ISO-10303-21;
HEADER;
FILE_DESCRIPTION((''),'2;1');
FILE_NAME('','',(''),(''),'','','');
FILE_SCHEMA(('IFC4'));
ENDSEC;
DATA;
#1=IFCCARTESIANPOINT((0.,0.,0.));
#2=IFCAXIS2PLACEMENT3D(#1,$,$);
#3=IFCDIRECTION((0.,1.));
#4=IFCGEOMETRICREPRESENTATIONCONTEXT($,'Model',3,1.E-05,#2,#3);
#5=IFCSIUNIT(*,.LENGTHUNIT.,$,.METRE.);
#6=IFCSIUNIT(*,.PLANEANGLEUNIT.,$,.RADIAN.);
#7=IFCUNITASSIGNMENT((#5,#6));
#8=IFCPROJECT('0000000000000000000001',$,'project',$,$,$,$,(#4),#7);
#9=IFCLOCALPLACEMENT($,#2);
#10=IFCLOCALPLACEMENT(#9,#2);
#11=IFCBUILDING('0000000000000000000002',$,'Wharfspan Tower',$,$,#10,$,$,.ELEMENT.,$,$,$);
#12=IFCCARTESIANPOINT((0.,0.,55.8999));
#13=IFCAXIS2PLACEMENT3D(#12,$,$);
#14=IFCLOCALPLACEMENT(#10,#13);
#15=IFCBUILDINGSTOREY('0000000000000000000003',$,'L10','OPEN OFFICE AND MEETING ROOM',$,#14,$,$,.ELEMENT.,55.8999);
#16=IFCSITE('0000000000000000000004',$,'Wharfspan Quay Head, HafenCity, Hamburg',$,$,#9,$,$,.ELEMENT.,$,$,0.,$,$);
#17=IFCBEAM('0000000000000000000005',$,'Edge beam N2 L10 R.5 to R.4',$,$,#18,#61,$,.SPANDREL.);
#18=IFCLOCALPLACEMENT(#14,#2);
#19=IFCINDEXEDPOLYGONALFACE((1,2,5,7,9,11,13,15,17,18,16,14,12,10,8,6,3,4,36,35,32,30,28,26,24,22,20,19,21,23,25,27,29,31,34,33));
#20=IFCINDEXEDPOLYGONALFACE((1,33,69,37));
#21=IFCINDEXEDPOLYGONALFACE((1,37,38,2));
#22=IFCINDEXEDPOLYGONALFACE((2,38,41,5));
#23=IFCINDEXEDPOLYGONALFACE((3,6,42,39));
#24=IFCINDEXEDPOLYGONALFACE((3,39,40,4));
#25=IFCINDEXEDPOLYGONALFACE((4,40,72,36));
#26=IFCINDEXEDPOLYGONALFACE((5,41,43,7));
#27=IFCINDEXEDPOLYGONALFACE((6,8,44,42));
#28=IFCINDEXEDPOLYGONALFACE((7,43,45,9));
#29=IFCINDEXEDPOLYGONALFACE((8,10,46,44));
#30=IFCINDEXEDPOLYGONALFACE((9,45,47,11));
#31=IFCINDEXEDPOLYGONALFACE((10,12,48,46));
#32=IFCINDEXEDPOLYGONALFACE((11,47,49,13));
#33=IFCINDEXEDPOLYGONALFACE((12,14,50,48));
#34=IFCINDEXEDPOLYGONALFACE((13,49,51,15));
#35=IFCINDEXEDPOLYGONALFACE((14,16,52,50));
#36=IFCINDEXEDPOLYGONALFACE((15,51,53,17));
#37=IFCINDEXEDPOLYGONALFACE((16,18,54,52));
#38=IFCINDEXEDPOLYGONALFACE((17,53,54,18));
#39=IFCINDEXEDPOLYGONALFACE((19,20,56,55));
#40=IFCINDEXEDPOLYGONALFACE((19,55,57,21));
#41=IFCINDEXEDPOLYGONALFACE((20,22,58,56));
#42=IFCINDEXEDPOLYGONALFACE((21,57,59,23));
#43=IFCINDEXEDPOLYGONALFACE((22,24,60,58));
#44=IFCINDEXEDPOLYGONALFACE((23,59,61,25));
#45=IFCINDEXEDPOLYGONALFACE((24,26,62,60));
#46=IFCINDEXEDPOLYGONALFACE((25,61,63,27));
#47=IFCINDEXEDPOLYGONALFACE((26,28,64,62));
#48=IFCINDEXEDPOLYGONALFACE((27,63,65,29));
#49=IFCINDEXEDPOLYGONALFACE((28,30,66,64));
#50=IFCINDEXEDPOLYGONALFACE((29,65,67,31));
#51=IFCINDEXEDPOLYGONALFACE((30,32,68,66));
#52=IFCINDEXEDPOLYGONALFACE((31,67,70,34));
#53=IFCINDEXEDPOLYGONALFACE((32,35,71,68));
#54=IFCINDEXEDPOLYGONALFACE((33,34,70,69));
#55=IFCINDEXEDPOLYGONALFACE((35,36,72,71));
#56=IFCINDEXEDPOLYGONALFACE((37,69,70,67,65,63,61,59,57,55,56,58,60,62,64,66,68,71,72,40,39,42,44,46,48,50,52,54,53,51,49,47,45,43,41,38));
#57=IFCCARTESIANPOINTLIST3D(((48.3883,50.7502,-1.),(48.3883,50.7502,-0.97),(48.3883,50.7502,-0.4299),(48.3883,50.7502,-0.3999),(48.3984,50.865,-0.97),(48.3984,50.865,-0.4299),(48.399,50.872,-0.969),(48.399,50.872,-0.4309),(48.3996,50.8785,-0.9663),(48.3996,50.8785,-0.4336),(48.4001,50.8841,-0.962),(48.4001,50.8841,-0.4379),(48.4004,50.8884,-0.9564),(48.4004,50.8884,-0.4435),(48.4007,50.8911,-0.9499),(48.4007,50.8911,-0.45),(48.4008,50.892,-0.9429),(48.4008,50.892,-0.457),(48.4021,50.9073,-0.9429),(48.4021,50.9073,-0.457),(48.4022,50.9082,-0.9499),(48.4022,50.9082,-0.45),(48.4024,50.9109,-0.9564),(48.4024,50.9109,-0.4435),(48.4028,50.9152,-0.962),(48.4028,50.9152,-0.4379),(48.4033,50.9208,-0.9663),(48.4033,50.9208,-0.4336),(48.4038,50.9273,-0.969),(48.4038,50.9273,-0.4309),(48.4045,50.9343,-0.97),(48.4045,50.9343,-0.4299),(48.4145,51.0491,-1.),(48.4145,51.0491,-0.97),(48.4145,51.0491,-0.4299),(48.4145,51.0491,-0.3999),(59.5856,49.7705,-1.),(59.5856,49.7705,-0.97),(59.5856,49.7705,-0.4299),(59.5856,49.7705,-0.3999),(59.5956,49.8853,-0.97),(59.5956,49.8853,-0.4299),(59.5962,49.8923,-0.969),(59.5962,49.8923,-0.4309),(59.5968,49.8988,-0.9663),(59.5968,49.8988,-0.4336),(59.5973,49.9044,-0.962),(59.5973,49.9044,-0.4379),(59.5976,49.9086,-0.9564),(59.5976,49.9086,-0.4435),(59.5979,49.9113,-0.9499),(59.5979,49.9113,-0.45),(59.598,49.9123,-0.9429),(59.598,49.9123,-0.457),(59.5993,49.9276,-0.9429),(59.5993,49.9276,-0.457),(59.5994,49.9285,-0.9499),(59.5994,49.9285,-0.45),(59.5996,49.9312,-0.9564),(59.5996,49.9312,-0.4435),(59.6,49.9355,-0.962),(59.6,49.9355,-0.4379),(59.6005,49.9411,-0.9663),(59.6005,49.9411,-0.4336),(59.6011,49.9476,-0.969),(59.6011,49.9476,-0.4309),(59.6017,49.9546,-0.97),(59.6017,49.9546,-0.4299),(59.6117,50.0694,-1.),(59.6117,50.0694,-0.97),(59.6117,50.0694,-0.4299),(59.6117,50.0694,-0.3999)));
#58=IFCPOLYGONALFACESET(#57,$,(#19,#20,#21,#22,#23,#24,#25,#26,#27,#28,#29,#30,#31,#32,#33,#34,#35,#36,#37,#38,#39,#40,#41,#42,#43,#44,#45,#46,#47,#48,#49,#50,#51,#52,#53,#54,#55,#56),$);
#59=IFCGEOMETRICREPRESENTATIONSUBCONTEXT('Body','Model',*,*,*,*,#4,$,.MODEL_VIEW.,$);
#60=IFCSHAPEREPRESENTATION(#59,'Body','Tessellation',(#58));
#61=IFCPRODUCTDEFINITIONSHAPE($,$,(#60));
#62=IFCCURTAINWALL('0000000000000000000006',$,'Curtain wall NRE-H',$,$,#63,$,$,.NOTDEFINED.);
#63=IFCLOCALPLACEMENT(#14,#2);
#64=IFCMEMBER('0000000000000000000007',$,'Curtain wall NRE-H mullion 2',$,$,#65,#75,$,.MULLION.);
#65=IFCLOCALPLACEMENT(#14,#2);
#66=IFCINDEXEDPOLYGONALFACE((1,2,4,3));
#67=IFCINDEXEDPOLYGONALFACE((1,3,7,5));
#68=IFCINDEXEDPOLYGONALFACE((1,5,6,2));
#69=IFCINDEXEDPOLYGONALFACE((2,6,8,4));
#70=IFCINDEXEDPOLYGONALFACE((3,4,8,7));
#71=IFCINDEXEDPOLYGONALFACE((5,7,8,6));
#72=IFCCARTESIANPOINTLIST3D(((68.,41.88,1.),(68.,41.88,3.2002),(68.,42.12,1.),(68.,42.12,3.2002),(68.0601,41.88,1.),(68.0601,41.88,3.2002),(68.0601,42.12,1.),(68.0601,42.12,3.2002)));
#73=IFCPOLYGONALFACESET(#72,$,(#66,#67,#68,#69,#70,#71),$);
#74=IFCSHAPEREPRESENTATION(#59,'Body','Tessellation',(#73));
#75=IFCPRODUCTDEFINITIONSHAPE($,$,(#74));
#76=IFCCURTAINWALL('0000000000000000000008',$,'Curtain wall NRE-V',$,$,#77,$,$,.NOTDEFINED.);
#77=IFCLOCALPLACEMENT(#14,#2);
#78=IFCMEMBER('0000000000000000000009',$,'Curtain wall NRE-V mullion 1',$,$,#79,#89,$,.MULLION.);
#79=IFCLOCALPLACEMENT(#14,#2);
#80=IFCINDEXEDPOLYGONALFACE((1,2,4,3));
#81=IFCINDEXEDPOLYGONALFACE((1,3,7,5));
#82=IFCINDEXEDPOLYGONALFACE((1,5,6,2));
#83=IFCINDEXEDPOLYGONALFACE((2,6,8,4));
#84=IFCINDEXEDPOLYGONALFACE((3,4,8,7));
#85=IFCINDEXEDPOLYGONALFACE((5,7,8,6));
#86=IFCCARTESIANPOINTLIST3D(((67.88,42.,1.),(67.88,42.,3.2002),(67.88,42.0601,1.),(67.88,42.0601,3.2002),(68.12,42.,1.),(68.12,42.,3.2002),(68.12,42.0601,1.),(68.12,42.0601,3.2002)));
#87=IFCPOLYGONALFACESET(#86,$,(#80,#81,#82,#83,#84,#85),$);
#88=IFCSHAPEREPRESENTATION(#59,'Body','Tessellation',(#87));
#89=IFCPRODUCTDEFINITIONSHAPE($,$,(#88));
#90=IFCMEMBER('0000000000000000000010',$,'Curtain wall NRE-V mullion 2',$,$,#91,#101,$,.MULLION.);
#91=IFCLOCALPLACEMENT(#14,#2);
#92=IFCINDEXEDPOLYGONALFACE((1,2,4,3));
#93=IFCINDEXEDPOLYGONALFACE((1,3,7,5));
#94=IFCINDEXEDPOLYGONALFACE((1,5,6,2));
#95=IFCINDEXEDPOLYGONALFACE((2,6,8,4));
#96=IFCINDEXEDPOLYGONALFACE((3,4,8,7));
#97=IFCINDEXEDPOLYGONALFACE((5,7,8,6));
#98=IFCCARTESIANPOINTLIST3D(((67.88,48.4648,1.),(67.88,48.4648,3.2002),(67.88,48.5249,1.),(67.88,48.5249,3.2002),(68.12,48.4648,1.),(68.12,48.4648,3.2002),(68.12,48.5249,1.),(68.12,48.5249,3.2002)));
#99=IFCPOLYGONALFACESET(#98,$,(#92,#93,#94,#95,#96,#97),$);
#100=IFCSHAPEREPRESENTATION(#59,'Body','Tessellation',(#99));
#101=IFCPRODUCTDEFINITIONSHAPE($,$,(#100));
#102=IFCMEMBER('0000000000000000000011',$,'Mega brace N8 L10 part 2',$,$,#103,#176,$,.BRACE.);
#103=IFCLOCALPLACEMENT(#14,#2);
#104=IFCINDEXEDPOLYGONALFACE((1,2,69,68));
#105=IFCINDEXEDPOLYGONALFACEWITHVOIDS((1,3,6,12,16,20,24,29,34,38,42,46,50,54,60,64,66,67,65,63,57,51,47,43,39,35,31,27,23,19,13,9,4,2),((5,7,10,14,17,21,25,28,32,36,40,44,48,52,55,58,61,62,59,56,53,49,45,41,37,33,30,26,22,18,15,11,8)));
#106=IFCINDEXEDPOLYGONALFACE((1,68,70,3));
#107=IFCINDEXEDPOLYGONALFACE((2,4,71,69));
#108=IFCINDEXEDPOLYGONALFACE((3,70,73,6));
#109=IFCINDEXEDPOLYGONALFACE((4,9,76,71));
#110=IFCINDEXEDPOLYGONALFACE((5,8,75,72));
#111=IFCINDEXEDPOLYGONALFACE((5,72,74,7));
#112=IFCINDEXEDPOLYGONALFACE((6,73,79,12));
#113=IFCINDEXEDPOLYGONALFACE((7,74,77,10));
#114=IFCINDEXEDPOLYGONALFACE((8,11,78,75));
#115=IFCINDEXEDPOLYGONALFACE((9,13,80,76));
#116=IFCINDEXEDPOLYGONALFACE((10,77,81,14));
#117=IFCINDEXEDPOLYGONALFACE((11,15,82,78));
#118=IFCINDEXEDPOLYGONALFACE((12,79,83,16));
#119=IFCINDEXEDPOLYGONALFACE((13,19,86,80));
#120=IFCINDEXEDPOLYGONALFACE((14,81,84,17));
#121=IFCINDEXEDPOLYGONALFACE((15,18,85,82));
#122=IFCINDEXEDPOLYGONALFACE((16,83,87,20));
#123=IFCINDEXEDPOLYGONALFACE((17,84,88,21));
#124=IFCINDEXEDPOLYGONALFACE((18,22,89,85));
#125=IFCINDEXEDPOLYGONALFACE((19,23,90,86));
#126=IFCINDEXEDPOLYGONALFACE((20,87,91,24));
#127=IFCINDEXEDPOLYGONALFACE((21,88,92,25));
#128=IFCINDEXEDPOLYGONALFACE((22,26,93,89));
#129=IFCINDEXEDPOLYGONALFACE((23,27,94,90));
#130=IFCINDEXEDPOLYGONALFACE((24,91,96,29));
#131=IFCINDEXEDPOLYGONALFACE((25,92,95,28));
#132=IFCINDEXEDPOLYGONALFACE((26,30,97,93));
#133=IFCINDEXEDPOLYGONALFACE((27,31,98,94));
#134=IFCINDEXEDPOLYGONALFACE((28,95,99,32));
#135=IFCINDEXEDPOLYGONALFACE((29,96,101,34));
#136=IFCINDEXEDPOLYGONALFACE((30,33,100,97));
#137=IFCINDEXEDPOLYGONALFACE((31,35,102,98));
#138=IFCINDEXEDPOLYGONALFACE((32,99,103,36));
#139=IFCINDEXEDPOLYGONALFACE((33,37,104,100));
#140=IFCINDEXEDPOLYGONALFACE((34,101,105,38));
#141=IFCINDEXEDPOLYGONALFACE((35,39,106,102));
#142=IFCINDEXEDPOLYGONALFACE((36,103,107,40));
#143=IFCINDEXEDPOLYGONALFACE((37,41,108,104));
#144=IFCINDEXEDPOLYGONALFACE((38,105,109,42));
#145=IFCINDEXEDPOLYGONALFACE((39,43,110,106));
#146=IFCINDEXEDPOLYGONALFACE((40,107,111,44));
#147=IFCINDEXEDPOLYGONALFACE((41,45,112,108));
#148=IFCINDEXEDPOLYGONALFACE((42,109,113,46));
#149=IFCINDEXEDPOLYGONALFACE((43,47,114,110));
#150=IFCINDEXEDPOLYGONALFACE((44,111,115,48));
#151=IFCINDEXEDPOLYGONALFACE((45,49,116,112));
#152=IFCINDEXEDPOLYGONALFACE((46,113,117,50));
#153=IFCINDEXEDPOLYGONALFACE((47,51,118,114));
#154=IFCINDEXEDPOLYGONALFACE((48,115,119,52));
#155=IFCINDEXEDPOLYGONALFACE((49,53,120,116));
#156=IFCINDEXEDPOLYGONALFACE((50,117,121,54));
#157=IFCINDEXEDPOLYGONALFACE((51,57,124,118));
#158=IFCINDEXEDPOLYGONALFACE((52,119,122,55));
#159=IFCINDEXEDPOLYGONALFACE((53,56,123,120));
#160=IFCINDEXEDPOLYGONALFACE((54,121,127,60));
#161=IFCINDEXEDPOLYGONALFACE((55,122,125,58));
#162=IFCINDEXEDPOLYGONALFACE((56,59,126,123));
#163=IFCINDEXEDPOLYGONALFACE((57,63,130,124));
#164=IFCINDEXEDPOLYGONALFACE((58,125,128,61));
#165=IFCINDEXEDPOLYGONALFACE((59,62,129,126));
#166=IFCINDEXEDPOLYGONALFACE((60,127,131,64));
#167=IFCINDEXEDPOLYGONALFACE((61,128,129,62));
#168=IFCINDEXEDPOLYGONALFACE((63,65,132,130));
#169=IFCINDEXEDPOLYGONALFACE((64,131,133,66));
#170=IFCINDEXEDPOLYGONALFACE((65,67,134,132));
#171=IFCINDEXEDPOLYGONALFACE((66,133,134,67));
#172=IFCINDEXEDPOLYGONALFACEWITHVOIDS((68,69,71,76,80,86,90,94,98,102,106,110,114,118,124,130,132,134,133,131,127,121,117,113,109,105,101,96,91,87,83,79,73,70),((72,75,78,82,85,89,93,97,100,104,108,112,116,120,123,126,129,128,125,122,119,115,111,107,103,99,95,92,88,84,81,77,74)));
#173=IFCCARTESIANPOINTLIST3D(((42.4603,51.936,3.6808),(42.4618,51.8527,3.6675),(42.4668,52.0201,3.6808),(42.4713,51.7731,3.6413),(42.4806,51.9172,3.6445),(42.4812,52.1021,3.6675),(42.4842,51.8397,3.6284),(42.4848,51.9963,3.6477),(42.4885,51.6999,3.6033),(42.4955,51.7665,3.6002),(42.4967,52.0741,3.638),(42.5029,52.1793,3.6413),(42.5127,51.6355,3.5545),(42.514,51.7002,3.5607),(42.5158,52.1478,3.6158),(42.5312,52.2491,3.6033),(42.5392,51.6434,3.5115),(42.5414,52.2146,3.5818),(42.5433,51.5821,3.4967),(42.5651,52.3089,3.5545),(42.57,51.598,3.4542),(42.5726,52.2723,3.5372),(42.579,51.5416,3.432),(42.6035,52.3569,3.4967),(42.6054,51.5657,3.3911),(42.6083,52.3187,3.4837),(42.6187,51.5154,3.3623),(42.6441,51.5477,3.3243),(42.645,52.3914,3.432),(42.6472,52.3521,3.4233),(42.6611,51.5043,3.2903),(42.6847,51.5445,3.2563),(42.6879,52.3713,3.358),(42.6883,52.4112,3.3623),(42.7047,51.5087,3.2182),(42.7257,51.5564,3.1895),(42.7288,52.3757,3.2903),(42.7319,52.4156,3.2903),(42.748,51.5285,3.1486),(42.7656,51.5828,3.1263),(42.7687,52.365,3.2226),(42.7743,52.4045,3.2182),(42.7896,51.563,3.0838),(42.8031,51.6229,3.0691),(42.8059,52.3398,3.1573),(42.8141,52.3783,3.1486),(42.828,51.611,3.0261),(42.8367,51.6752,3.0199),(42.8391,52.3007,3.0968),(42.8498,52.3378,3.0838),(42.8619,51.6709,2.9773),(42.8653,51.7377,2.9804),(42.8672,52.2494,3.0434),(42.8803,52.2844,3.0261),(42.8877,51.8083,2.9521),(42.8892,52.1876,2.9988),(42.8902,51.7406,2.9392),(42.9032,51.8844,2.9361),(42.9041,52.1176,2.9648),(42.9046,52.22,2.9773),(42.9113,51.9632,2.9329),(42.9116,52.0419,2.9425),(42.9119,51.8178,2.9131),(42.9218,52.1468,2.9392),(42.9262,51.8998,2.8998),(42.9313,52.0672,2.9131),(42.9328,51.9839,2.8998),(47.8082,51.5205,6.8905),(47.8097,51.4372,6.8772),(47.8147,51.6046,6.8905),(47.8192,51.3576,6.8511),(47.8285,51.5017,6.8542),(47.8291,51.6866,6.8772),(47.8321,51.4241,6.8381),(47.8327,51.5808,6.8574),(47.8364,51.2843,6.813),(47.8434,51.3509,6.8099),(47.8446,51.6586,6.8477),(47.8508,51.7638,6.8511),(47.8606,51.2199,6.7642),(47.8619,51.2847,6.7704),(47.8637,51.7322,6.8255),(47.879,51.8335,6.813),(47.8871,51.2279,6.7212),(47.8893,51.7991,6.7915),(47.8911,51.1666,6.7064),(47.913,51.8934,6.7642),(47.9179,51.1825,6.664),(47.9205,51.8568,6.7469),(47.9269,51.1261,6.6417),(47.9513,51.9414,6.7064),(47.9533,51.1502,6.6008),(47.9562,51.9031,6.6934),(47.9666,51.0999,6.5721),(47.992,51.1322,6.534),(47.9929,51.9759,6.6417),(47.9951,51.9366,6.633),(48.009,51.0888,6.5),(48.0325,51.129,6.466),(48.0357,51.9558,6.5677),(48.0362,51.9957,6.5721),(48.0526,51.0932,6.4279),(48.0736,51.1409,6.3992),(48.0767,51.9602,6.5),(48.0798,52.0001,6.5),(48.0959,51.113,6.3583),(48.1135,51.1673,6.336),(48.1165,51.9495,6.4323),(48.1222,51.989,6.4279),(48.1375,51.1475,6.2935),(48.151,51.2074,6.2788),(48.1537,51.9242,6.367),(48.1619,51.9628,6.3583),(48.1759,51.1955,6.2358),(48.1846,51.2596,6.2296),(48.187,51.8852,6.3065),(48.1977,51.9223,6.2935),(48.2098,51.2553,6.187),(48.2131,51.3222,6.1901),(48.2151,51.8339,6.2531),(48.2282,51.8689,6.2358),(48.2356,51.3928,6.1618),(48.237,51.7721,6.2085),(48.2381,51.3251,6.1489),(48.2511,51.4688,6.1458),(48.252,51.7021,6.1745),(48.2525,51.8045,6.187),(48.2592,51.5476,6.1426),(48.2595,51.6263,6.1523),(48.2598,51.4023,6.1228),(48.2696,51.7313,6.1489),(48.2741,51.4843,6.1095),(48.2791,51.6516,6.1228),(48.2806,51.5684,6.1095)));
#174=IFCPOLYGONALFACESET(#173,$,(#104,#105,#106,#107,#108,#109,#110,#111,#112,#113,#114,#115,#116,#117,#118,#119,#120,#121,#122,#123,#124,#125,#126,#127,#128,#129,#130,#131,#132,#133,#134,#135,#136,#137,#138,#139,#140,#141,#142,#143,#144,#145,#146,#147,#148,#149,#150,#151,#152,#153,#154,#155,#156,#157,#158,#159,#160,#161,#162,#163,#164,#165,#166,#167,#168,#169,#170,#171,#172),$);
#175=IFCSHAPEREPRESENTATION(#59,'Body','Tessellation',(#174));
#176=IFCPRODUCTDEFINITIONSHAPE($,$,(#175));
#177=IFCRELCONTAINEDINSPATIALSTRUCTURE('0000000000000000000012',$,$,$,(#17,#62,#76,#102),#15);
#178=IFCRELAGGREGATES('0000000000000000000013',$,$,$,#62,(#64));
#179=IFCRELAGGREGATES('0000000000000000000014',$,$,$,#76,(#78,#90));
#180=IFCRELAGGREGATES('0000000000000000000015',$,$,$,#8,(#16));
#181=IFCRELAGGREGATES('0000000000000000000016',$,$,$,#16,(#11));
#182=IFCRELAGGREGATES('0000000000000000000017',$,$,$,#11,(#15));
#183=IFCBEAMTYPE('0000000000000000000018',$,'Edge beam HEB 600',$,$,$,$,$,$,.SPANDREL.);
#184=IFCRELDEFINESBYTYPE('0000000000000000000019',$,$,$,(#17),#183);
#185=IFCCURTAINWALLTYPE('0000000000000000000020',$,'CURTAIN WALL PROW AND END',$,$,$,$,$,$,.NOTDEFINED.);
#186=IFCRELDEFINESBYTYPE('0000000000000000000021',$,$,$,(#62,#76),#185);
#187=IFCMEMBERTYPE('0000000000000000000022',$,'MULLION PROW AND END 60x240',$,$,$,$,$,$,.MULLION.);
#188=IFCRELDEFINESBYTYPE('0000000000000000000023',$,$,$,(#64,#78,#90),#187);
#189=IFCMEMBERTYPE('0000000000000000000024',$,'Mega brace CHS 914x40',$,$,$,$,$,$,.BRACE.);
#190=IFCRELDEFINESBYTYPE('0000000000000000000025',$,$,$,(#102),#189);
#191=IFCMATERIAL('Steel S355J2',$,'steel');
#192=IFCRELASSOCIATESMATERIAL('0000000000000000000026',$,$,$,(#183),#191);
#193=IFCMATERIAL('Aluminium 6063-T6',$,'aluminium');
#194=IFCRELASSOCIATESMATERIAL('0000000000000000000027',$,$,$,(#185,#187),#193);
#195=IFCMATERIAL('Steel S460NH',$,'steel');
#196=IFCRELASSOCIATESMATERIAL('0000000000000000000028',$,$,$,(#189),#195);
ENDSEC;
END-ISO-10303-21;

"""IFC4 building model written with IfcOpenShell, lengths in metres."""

from ifc_helpers import new_model, si_unit, direction, frame, origin, origin_2d, place, context, subcontext, project, spatial, rectangle, hollow_circle, i_section, extrude, material, material_profile, profile_set, type_object, element, aggregate, save


model = new_model("IFC4")

# Units and contexts
model_context = context("Model", 3, precision=1e-05, world=origin(), true_north=direction((0.0, 1.0)))
body_context = subcontext(model_context, "Body", "Model", "MODEL_VIEW")
ifc_project = project(units=[si_unit("LENGTHUNIT", "METRE"), si_unit("PLANEANGLEUNIT", "RADIAN")], contexts=[model_context])

# Site, building, storey
site_placement = place(None, origin())
site = spatial("IfcSite", under=ifc_project, at=site_placement, Name="Wharfspan Quay Head, HafenCity, Hamburg", CompositionType="ELEMENT", RefElevation=0.0)
building_placement = place(site_placement, origin())
building = spatial("IfcBuilding", under=site, at=building_placement, Name="Wharfspan Tower", CompositionType="ELEMENT")
storey_placement = place(building_placement, frame((0.0, 0.0, 55.8999)))
storey = spatial("IfcBuildingStorey", under=building, at=storey_placement, Name="L10", Description="OPEN OFFICE AND MEETING ROOM", CompositionType="ELEMENT", Elevation=55.8999)

# Shared definitions
ifc_material_1 = material(Name="Steel S355J2", Category="steel")

# Beam
ifc_material_profile_1 = material_profile(ifc_material_1, i_section(OverallWidth=0.3, OverallDepth=0.6001, WebThickness=0.0154, FlangeThickness=0.03, FilletRadius=0.0271, at=origin_2d()))
ifc_profile_set_1 = profile_set([ifc_material_profile_1], Name="Steel S355J2")
beam_type = type_object("IfcBeamType", Name="Edge beam HEB 600", PredefinedType="SPANDREL", material=ifc_profile_set_1)
beam_placement = place(storey_placement, frame((59.5986, 49.9199, -0.7), z_axis=(-0.996194, 0.087165, 0.0), x_axis=(-0.087165, -0.996194, 0.0)))
element("IfcBeam", 1, at=beam_placement, inside=storey, type_object=beam_type, Name="Edge beam N2 L10 R.5 to R.4", PredefinedType="SPANDREL", context=body_context, shape_type="SweptSolid", body=[
    extrude(i_section(OverallWidth=0.3, OverallDepth=0.6001, WebThickness=0.0154, FlangeThickness=0.03, FilletRadius=0.0271, at=origin_2d()), origin(), (0.0, 0.0, 1.0), 11.24),
])

# Curtain wall, member
ifc_material_2 = material(Name="Aluminium 6063-T6", Category="aluminium")
curtain_wall_type = type_object("IfcCurtainWallType", Name="CURTAIN WALL PROW AND END", PredefinedType="NOTDEFINED", material=ifc_material_2)
curtain_wall_1_placement = place(storey_placement, origin())
curtain_wall_1 = element("IfcCurtainWall", 2, at=curtain_wall_1_placement, inside=storey, type_object=curtain_wall_type, Name="Curtain wall NRE-H", PredefinedType="NOTDEFINED")
ifc_material_profile_2 = material_profile(ifc_material_2, rectangle(XDim=0.24, YDim=0.0601, at=origin_2d()))
ifc_profile_set_2 = profile_set([ifc_material_profile_2], Name="Aluminium 6063-T6")
member_type_1 = type_object("IfcMemberType", Name="MULLION PROW AND END 60x240", PredefinedType="MULLION", material=ifc_profile_set_2)
member_1_placement = place(storey_placement, frame((68.03, 42.0, 1.0), z_axis=(0.0, 0.0, 1.0), x_axis=(0.0, -1.0, 0.0)))
member_1 = element("IfcMember", 3, at=member_1_placement, type_object=member_type_1, Name="Curtain wall NRE-H mullion 2", PredefinedType="MULLION", context=body_context, shape_type="SweptSolid", body=[
    extrude(rectangle(XDim=0.24, YDim=0.0601, at=origin_2d()), origin(), (0.0, 0.0, 1.0), 2.2002),
])
aggregate(curtain_wall_1, [member_1])

# Curtain wall, members
curtain_wall_2_placement = place(storey_placement, origin())
curtain_wall_2 = element("IfcCurtainWall", 4, at=curtain_wall_2_placement, inside=storey, type_object=curtain_wall_type, Name="Curtain wall NRE-V", PredefinedType="NOTDEFINED")
member_2_placement = place(storey_placement, frame((68.0, 42.03, 1.0), z_axis=(0.0, 0.0, 1.0), x_axis=(-1.0, 0.0, 0.0)))
member_2 = element("IfcMember", 5, at=member_2_placement, type_object=member_type_1, Name="Curtain wall NRE-V mullion 1", PredefinedType="MULLION", context=body_context, shape_type="SweptSolid", body=[
    extrude(rectangle(XDim=0.24, YDim=0.0601, at=origin_2d()), origin(), (0.0, 0.0, 1.0), 2.2002),
])
member_3_placement = place(storey_placement, frame((68.0, 48.4949, 1.0), z_axis=(0.0, 0.0, 1.0), x_axis=(-1.0, 0.0, 0.0)))
member_3 = element("IfcMember", 6, at=member_3_placement, type_object=member_type_1, Name="Curtain wall NRE-V mullion 2", PredefinedType="MULLION", context=body_context, shape_type="SweptSolid", body=[
    extrude(rectangle(XDim=0.24, YDim=0.0601, at=origin_2d()), origin(), (0.0, 0.0, 1.0), 2.2002),
])

# Member
ifc_material_3 = material(Name="Steel S460NH", Category="steel")
ifc_material_profile_3 = material_profile(ifc_material_3, hollow_circle(Radius=0.457, WallThickness=0.04, at=origin_2d()))
ifc_profile_set_3 = profile_set([ifc_material_profile_3], Name="Steel S460NH")
member_type_2 = type_object("IfcMemberType", Name="Mega brace CHS 914x40", PredefinedType="BRACE", material=ifc_profile_set_3)
for number, where, z_axis, x_axis, name in (
    (7, (42.6965, 51.96, 3.2903), (0.855527, -0.066474, 0.513473), (0.077466, 0.996995, 0.0), "Mega brace N8 L10 part 2"),
):
    element("IfcMember", number, at=place(storey_placement, frame(where, z_axis=z_axis, x_axis=x_axis)), inside=storey, type_object=member_type_2, Name=name, PredefinedType="BRACE", context=body_context, shape_type="SweptSolid", body=[
        extrude(hollow_circle(Radius=0.457, WallThickness=0.04, at=origin_2d()), origin(), (0.0, 0.0, 1.0), 6.251),
    ])

aggregate(curtain_wall_2, [member_2, member_3])

save(model, "model.ifc")
